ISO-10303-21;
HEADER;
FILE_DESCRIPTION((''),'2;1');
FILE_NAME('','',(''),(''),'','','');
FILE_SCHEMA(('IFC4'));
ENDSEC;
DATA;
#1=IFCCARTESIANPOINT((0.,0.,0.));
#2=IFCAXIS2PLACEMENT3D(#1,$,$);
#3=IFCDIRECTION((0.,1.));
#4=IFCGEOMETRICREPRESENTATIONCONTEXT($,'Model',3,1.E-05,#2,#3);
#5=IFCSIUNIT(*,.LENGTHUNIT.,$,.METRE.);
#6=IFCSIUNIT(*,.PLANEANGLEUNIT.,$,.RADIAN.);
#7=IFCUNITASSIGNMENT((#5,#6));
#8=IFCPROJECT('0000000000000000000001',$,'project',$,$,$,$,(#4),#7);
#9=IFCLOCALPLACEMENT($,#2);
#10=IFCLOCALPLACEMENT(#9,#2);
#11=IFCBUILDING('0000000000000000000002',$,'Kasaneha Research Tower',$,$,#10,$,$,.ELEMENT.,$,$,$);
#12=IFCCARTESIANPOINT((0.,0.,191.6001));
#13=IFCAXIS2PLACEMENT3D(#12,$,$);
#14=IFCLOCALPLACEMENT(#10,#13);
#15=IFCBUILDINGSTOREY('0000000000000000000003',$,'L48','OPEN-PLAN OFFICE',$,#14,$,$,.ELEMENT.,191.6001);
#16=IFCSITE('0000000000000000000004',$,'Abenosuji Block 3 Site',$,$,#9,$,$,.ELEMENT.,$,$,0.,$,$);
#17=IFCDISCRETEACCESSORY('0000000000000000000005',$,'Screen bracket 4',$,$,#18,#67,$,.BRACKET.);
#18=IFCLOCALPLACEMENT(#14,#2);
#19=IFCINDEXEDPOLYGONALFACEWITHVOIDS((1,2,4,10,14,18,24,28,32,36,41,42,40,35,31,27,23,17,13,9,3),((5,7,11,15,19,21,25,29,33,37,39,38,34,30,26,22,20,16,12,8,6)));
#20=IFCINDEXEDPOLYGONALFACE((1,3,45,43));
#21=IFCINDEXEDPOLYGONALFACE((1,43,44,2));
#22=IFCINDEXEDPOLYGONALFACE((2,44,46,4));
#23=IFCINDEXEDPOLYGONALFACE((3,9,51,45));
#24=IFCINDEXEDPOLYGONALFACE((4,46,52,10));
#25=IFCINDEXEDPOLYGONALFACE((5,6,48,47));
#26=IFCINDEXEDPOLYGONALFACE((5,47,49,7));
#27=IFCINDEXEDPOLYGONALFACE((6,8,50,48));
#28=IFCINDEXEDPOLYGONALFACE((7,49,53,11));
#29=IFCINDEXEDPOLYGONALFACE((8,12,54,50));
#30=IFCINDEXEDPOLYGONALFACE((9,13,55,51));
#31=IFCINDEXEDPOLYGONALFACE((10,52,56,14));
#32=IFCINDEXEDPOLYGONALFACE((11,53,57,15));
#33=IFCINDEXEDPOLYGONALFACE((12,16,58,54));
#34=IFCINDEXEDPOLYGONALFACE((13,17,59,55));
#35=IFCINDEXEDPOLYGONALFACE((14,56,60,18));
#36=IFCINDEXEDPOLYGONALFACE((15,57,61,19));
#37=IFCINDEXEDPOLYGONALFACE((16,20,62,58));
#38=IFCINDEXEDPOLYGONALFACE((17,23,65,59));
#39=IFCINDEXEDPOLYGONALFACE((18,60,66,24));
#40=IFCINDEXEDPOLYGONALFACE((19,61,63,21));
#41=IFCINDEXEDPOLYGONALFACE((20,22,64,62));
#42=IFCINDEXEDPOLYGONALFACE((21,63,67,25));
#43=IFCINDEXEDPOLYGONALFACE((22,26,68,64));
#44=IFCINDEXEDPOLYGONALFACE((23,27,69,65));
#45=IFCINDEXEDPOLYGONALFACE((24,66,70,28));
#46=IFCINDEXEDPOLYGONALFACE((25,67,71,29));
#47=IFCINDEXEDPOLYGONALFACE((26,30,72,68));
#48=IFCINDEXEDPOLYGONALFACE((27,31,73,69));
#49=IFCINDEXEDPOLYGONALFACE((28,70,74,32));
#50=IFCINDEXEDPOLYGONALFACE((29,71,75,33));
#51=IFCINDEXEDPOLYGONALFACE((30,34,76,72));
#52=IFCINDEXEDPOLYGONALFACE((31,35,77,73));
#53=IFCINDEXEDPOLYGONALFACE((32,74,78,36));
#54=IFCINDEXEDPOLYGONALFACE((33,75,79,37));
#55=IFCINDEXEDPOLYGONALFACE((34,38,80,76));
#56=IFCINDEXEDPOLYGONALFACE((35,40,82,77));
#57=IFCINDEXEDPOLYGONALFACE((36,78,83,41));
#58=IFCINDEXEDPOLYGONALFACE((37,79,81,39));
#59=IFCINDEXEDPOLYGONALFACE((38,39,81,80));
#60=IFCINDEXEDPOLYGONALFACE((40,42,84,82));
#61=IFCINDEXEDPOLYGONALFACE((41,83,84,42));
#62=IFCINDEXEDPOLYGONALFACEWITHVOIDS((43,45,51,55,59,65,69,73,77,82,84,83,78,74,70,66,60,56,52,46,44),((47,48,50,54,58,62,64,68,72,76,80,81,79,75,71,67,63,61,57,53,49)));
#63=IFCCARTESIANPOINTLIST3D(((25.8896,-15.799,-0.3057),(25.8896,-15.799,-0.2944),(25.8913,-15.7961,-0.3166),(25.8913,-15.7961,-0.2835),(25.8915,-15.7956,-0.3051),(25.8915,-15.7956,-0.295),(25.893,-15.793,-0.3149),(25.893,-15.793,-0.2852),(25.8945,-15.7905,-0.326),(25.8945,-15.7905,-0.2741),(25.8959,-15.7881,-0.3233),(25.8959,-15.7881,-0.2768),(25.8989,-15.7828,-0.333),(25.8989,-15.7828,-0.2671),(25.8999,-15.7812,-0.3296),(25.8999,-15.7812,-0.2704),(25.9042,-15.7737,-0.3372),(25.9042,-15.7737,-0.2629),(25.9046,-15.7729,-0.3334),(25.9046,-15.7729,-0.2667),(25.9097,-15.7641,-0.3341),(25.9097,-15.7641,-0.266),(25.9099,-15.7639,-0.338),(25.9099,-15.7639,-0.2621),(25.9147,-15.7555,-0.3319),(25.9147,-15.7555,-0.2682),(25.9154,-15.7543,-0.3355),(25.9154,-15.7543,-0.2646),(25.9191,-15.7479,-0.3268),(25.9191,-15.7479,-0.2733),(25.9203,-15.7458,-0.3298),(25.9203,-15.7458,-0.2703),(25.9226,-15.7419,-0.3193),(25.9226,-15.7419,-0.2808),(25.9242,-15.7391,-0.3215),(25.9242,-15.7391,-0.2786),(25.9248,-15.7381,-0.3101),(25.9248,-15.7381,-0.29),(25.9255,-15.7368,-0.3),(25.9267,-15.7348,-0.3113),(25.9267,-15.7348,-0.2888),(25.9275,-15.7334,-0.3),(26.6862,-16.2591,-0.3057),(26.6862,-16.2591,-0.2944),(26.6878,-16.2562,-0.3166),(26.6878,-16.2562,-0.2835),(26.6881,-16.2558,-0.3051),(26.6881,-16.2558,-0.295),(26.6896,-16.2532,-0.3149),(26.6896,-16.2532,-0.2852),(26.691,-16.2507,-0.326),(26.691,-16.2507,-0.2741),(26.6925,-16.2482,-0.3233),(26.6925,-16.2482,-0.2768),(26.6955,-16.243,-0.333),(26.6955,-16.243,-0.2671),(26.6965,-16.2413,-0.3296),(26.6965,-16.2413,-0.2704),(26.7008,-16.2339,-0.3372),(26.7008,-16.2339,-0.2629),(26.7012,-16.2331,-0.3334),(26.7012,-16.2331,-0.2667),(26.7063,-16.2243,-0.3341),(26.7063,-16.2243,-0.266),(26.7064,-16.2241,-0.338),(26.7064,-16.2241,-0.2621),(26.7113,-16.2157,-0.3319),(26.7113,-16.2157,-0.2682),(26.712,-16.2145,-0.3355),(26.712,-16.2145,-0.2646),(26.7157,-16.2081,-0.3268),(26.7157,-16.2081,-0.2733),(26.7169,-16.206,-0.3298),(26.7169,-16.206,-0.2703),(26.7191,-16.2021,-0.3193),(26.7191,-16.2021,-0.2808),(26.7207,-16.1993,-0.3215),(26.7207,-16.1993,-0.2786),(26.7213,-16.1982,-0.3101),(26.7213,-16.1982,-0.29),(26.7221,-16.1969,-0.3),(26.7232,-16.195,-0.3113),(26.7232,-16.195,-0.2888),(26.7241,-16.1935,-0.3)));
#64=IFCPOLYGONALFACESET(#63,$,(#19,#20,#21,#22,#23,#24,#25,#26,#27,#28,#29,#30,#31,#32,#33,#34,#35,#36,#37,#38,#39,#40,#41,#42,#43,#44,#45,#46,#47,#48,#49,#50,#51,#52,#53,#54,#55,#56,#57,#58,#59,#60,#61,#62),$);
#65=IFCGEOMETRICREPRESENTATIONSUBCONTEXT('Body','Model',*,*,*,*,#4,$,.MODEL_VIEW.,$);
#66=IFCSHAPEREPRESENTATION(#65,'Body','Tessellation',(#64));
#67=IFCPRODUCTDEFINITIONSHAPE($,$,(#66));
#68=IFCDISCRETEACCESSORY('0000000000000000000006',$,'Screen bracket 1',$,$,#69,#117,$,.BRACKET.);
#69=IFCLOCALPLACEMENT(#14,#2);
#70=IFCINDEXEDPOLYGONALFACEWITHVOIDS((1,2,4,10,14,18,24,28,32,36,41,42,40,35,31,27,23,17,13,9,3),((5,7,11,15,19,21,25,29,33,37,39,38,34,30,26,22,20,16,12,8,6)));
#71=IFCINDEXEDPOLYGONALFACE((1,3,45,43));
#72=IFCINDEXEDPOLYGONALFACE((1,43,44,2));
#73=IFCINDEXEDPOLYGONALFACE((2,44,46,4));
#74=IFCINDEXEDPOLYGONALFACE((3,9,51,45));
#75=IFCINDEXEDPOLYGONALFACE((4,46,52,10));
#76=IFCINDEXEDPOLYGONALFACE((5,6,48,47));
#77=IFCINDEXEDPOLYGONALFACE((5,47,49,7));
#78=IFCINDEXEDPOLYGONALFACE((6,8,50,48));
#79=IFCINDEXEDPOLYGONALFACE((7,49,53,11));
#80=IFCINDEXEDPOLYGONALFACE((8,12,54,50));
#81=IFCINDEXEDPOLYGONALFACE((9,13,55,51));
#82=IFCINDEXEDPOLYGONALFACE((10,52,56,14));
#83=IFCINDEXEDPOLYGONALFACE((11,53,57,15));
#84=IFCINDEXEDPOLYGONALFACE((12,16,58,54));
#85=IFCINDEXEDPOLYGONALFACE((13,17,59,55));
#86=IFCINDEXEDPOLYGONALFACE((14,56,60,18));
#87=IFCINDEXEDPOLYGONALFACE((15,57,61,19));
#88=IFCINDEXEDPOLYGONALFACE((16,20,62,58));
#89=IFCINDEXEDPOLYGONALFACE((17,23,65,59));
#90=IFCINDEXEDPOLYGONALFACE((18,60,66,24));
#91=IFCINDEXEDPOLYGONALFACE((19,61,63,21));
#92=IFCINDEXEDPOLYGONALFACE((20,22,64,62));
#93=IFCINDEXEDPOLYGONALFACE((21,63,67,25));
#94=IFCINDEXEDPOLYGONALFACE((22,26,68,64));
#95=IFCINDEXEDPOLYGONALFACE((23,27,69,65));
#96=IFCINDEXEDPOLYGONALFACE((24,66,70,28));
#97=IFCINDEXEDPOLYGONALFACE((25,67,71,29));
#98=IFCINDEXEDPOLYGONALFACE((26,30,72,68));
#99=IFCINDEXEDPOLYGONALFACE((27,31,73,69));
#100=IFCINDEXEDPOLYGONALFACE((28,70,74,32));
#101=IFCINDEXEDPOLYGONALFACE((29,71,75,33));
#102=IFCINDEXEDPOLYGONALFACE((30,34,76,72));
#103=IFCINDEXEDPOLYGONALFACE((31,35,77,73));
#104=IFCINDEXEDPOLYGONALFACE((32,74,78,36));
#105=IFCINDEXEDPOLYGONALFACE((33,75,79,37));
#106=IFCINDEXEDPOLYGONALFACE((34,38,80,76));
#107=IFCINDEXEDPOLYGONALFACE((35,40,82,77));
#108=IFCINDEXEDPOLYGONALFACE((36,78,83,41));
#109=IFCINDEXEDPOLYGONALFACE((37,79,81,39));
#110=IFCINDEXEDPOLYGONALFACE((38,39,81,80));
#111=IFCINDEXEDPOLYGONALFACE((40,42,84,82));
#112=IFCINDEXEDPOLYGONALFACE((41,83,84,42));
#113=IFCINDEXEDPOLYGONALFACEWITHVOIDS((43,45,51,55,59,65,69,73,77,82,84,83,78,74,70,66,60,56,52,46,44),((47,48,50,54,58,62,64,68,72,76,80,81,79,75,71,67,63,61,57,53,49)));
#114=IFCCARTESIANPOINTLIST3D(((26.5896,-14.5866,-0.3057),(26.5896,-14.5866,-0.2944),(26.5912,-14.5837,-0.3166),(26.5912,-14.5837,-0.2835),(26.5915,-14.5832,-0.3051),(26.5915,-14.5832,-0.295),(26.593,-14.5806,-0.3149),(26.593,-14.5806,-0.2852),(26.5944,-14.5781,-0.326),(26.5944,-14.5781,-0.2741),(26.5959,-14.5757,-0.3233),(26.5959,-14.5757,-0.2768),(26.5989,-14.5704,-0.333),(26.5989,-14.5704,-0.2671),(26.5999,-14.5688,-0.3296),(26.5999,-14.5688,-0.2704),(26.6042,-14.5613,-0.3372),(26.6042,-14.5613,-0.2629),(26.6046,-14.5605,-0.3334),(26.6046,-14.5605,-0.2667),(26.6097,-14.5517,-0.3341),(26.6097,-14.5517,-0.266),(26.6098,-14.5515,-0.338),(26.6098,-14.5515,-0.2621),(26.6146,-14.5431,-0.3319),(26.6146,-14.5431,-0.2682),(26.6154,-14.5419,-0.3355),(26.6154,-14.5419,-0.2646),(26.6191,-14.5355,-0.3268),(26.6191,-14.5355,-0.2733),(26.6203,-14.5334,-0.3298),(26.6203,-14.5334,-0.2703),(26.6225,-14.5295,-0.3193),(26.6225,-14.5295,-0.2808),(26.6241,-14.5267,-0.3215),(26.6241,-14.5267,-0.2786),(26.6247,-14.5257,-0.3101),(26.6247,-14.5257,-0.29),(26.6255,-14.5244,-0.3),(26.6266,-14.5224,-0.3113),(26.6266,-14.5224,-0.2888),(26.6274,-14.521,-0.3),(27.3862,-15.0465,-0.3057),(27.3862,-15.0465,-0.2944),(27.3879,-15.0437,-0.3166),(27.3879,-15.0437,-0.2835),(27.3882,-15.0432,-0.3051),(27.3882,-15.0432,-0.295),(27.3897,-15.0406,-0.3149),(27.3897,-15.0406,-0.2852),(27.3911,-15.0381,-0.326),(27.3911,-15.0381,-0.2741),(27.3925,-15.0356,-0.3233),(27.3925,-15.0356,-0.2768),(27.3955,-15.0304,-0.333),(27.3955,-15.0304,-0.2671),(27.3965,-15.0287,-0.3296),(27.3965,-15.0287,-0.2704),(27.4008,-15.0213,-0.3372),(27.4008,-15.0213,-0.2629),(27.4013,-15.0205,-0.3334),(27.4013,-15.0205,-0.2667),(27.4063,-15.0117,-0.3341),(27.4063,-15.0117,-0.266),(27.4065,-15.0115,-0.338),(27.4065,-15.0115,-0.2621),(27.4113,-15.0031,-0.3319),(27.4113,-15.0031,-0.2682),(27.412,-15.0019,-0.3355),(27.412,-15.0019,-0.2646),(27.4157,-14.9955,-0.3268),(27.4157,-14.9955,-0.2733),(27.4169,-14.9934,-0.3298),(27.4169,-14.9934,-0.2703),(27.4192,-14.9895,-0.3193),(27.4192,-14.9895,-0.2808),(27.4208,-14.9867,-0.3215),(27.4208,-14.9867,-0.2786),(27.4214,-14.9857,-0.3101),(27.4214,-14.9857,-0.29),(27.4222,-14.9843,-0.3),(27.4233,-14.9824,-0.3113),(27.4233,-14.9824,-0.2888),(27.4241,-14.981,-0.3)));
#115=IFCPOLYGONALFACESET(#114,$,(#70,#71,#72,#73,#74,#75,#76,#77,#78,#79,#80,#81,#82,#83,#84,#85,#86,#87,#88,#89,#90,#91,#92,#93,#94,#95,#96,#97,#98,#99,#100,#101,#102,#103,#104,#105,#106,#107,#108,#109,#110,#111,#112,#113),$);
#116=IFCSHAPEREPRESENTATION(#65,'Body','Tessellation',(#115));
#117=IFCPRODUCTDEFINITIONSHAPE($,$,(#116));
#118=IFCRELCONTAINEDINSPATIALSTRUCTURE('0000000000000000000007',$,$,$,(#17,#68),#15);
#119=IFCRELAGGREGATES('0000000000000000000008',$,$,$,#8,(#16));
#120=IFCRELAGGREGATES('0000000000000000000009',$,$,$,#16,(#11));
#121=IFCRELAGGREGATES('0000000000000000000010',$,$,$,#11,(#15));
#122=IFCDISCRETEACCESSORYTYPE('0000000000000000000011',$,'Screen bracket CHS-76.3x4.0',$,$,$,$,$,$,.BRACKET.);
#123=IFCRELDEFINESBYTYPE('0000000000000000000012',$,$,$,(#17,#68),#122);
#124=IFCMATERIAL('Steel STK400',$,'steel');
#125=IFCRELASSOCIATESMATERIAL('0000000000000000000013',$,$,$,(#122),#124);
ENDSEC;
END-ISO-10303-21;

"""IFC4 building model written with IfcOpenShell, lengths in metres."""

from ifc_helpers import new_model, si_unit, direction, frame, origin, origin_2d, place, context, subcontext, project, spatial, hollow_circle, extrude, material, material_profile, profile_set, type_object, element, save


model = new_model("IFC4")

# Units and contexts
model_context = context("Model", 3, precision=1e-05, world=origin(), true_north=direction((0.0, 1.0)))
body_context = subcontext(model_context, "Body", "Model", "MODEL_VIEW")
ifc_project = project(units=[si_unit("LENGTHUNIT", "METRE"), si_unit("PLANEANGLEUNIT", "RADIAN")], contexts=[model_context])

# Site, building, storey
site_placement = place(None, origin())
site = spatial("IfcSite", under=ifc_project, at=site_placement, Name="Abenosuji Block 3 Site", CompositionType="ELEMENT", RefElevation=0.0)
building_placement = place(site_placement, origin())
building = spatial("IfcBuilding", under=site, at=building_placement, Name="Kasaneha Research Tower", CompositionType="ELEMENT")
storey_placement = place(building_placement, frame((0.0, 0.0, 191.6001)))
storey = spatial("IfcBuildingStorey", under=building, at=storey_placement, Name="L48", Description="OPEN-PLAN OFFICE", CompositionType="ELEMENT", Elevation=191.6001)

# Discrete accessories
ifc_material_1 = material(Name="Steel STK400", Category="steel")
ifc_material_profile_1 = material_profile(ifc_material_1, hollow_circle(Radius=0.0381, WallThickness=0.0039, at=origin_2d()), Name="CHS-76.3x4.0")
ifc_profile_set_1 = profile_set([ifc_material_profile_1], Name="Steel STK400")
discrete_accessory_type = type_object("IfcDiscreteAccessoryType", Name="Screen bracket CHS-76.3x4.0", PredefinedType="BRACKET", material=ifc_profile_set_1)
for number, where, z_axis, x_axis, name in (
    (1, (25.9084, -15.7664, -0.3), (0.865898, -0.50022, 0.0), (0.50022, 0.865898, 0.0), "Screen bracket 4"),
    (2, (26.6084, -14.554, -0.3), (0.866013, -0.500021, 0.0), (0.500021, 0.866013, 0.0), "Screen bracket 1"),
):
    element("IfcDiscreteAccessory", number, at=place(storey_placement, frame(where, z_axis=z_axis, x_axis=x_axis)), inside=storey, type_object=discrete_accessory_type, Name=name, PredefinedType="BRACKET", context=body_context, shape_type="SweptSolid", body=[
        extrude(hollow_circle(Radius=0.0381, WallThickness=0.0039, at=origin_2d()), origin(), (0.0, 0.0, 1.0), 0.9199),
    ])

save(model, "model.ifc")
